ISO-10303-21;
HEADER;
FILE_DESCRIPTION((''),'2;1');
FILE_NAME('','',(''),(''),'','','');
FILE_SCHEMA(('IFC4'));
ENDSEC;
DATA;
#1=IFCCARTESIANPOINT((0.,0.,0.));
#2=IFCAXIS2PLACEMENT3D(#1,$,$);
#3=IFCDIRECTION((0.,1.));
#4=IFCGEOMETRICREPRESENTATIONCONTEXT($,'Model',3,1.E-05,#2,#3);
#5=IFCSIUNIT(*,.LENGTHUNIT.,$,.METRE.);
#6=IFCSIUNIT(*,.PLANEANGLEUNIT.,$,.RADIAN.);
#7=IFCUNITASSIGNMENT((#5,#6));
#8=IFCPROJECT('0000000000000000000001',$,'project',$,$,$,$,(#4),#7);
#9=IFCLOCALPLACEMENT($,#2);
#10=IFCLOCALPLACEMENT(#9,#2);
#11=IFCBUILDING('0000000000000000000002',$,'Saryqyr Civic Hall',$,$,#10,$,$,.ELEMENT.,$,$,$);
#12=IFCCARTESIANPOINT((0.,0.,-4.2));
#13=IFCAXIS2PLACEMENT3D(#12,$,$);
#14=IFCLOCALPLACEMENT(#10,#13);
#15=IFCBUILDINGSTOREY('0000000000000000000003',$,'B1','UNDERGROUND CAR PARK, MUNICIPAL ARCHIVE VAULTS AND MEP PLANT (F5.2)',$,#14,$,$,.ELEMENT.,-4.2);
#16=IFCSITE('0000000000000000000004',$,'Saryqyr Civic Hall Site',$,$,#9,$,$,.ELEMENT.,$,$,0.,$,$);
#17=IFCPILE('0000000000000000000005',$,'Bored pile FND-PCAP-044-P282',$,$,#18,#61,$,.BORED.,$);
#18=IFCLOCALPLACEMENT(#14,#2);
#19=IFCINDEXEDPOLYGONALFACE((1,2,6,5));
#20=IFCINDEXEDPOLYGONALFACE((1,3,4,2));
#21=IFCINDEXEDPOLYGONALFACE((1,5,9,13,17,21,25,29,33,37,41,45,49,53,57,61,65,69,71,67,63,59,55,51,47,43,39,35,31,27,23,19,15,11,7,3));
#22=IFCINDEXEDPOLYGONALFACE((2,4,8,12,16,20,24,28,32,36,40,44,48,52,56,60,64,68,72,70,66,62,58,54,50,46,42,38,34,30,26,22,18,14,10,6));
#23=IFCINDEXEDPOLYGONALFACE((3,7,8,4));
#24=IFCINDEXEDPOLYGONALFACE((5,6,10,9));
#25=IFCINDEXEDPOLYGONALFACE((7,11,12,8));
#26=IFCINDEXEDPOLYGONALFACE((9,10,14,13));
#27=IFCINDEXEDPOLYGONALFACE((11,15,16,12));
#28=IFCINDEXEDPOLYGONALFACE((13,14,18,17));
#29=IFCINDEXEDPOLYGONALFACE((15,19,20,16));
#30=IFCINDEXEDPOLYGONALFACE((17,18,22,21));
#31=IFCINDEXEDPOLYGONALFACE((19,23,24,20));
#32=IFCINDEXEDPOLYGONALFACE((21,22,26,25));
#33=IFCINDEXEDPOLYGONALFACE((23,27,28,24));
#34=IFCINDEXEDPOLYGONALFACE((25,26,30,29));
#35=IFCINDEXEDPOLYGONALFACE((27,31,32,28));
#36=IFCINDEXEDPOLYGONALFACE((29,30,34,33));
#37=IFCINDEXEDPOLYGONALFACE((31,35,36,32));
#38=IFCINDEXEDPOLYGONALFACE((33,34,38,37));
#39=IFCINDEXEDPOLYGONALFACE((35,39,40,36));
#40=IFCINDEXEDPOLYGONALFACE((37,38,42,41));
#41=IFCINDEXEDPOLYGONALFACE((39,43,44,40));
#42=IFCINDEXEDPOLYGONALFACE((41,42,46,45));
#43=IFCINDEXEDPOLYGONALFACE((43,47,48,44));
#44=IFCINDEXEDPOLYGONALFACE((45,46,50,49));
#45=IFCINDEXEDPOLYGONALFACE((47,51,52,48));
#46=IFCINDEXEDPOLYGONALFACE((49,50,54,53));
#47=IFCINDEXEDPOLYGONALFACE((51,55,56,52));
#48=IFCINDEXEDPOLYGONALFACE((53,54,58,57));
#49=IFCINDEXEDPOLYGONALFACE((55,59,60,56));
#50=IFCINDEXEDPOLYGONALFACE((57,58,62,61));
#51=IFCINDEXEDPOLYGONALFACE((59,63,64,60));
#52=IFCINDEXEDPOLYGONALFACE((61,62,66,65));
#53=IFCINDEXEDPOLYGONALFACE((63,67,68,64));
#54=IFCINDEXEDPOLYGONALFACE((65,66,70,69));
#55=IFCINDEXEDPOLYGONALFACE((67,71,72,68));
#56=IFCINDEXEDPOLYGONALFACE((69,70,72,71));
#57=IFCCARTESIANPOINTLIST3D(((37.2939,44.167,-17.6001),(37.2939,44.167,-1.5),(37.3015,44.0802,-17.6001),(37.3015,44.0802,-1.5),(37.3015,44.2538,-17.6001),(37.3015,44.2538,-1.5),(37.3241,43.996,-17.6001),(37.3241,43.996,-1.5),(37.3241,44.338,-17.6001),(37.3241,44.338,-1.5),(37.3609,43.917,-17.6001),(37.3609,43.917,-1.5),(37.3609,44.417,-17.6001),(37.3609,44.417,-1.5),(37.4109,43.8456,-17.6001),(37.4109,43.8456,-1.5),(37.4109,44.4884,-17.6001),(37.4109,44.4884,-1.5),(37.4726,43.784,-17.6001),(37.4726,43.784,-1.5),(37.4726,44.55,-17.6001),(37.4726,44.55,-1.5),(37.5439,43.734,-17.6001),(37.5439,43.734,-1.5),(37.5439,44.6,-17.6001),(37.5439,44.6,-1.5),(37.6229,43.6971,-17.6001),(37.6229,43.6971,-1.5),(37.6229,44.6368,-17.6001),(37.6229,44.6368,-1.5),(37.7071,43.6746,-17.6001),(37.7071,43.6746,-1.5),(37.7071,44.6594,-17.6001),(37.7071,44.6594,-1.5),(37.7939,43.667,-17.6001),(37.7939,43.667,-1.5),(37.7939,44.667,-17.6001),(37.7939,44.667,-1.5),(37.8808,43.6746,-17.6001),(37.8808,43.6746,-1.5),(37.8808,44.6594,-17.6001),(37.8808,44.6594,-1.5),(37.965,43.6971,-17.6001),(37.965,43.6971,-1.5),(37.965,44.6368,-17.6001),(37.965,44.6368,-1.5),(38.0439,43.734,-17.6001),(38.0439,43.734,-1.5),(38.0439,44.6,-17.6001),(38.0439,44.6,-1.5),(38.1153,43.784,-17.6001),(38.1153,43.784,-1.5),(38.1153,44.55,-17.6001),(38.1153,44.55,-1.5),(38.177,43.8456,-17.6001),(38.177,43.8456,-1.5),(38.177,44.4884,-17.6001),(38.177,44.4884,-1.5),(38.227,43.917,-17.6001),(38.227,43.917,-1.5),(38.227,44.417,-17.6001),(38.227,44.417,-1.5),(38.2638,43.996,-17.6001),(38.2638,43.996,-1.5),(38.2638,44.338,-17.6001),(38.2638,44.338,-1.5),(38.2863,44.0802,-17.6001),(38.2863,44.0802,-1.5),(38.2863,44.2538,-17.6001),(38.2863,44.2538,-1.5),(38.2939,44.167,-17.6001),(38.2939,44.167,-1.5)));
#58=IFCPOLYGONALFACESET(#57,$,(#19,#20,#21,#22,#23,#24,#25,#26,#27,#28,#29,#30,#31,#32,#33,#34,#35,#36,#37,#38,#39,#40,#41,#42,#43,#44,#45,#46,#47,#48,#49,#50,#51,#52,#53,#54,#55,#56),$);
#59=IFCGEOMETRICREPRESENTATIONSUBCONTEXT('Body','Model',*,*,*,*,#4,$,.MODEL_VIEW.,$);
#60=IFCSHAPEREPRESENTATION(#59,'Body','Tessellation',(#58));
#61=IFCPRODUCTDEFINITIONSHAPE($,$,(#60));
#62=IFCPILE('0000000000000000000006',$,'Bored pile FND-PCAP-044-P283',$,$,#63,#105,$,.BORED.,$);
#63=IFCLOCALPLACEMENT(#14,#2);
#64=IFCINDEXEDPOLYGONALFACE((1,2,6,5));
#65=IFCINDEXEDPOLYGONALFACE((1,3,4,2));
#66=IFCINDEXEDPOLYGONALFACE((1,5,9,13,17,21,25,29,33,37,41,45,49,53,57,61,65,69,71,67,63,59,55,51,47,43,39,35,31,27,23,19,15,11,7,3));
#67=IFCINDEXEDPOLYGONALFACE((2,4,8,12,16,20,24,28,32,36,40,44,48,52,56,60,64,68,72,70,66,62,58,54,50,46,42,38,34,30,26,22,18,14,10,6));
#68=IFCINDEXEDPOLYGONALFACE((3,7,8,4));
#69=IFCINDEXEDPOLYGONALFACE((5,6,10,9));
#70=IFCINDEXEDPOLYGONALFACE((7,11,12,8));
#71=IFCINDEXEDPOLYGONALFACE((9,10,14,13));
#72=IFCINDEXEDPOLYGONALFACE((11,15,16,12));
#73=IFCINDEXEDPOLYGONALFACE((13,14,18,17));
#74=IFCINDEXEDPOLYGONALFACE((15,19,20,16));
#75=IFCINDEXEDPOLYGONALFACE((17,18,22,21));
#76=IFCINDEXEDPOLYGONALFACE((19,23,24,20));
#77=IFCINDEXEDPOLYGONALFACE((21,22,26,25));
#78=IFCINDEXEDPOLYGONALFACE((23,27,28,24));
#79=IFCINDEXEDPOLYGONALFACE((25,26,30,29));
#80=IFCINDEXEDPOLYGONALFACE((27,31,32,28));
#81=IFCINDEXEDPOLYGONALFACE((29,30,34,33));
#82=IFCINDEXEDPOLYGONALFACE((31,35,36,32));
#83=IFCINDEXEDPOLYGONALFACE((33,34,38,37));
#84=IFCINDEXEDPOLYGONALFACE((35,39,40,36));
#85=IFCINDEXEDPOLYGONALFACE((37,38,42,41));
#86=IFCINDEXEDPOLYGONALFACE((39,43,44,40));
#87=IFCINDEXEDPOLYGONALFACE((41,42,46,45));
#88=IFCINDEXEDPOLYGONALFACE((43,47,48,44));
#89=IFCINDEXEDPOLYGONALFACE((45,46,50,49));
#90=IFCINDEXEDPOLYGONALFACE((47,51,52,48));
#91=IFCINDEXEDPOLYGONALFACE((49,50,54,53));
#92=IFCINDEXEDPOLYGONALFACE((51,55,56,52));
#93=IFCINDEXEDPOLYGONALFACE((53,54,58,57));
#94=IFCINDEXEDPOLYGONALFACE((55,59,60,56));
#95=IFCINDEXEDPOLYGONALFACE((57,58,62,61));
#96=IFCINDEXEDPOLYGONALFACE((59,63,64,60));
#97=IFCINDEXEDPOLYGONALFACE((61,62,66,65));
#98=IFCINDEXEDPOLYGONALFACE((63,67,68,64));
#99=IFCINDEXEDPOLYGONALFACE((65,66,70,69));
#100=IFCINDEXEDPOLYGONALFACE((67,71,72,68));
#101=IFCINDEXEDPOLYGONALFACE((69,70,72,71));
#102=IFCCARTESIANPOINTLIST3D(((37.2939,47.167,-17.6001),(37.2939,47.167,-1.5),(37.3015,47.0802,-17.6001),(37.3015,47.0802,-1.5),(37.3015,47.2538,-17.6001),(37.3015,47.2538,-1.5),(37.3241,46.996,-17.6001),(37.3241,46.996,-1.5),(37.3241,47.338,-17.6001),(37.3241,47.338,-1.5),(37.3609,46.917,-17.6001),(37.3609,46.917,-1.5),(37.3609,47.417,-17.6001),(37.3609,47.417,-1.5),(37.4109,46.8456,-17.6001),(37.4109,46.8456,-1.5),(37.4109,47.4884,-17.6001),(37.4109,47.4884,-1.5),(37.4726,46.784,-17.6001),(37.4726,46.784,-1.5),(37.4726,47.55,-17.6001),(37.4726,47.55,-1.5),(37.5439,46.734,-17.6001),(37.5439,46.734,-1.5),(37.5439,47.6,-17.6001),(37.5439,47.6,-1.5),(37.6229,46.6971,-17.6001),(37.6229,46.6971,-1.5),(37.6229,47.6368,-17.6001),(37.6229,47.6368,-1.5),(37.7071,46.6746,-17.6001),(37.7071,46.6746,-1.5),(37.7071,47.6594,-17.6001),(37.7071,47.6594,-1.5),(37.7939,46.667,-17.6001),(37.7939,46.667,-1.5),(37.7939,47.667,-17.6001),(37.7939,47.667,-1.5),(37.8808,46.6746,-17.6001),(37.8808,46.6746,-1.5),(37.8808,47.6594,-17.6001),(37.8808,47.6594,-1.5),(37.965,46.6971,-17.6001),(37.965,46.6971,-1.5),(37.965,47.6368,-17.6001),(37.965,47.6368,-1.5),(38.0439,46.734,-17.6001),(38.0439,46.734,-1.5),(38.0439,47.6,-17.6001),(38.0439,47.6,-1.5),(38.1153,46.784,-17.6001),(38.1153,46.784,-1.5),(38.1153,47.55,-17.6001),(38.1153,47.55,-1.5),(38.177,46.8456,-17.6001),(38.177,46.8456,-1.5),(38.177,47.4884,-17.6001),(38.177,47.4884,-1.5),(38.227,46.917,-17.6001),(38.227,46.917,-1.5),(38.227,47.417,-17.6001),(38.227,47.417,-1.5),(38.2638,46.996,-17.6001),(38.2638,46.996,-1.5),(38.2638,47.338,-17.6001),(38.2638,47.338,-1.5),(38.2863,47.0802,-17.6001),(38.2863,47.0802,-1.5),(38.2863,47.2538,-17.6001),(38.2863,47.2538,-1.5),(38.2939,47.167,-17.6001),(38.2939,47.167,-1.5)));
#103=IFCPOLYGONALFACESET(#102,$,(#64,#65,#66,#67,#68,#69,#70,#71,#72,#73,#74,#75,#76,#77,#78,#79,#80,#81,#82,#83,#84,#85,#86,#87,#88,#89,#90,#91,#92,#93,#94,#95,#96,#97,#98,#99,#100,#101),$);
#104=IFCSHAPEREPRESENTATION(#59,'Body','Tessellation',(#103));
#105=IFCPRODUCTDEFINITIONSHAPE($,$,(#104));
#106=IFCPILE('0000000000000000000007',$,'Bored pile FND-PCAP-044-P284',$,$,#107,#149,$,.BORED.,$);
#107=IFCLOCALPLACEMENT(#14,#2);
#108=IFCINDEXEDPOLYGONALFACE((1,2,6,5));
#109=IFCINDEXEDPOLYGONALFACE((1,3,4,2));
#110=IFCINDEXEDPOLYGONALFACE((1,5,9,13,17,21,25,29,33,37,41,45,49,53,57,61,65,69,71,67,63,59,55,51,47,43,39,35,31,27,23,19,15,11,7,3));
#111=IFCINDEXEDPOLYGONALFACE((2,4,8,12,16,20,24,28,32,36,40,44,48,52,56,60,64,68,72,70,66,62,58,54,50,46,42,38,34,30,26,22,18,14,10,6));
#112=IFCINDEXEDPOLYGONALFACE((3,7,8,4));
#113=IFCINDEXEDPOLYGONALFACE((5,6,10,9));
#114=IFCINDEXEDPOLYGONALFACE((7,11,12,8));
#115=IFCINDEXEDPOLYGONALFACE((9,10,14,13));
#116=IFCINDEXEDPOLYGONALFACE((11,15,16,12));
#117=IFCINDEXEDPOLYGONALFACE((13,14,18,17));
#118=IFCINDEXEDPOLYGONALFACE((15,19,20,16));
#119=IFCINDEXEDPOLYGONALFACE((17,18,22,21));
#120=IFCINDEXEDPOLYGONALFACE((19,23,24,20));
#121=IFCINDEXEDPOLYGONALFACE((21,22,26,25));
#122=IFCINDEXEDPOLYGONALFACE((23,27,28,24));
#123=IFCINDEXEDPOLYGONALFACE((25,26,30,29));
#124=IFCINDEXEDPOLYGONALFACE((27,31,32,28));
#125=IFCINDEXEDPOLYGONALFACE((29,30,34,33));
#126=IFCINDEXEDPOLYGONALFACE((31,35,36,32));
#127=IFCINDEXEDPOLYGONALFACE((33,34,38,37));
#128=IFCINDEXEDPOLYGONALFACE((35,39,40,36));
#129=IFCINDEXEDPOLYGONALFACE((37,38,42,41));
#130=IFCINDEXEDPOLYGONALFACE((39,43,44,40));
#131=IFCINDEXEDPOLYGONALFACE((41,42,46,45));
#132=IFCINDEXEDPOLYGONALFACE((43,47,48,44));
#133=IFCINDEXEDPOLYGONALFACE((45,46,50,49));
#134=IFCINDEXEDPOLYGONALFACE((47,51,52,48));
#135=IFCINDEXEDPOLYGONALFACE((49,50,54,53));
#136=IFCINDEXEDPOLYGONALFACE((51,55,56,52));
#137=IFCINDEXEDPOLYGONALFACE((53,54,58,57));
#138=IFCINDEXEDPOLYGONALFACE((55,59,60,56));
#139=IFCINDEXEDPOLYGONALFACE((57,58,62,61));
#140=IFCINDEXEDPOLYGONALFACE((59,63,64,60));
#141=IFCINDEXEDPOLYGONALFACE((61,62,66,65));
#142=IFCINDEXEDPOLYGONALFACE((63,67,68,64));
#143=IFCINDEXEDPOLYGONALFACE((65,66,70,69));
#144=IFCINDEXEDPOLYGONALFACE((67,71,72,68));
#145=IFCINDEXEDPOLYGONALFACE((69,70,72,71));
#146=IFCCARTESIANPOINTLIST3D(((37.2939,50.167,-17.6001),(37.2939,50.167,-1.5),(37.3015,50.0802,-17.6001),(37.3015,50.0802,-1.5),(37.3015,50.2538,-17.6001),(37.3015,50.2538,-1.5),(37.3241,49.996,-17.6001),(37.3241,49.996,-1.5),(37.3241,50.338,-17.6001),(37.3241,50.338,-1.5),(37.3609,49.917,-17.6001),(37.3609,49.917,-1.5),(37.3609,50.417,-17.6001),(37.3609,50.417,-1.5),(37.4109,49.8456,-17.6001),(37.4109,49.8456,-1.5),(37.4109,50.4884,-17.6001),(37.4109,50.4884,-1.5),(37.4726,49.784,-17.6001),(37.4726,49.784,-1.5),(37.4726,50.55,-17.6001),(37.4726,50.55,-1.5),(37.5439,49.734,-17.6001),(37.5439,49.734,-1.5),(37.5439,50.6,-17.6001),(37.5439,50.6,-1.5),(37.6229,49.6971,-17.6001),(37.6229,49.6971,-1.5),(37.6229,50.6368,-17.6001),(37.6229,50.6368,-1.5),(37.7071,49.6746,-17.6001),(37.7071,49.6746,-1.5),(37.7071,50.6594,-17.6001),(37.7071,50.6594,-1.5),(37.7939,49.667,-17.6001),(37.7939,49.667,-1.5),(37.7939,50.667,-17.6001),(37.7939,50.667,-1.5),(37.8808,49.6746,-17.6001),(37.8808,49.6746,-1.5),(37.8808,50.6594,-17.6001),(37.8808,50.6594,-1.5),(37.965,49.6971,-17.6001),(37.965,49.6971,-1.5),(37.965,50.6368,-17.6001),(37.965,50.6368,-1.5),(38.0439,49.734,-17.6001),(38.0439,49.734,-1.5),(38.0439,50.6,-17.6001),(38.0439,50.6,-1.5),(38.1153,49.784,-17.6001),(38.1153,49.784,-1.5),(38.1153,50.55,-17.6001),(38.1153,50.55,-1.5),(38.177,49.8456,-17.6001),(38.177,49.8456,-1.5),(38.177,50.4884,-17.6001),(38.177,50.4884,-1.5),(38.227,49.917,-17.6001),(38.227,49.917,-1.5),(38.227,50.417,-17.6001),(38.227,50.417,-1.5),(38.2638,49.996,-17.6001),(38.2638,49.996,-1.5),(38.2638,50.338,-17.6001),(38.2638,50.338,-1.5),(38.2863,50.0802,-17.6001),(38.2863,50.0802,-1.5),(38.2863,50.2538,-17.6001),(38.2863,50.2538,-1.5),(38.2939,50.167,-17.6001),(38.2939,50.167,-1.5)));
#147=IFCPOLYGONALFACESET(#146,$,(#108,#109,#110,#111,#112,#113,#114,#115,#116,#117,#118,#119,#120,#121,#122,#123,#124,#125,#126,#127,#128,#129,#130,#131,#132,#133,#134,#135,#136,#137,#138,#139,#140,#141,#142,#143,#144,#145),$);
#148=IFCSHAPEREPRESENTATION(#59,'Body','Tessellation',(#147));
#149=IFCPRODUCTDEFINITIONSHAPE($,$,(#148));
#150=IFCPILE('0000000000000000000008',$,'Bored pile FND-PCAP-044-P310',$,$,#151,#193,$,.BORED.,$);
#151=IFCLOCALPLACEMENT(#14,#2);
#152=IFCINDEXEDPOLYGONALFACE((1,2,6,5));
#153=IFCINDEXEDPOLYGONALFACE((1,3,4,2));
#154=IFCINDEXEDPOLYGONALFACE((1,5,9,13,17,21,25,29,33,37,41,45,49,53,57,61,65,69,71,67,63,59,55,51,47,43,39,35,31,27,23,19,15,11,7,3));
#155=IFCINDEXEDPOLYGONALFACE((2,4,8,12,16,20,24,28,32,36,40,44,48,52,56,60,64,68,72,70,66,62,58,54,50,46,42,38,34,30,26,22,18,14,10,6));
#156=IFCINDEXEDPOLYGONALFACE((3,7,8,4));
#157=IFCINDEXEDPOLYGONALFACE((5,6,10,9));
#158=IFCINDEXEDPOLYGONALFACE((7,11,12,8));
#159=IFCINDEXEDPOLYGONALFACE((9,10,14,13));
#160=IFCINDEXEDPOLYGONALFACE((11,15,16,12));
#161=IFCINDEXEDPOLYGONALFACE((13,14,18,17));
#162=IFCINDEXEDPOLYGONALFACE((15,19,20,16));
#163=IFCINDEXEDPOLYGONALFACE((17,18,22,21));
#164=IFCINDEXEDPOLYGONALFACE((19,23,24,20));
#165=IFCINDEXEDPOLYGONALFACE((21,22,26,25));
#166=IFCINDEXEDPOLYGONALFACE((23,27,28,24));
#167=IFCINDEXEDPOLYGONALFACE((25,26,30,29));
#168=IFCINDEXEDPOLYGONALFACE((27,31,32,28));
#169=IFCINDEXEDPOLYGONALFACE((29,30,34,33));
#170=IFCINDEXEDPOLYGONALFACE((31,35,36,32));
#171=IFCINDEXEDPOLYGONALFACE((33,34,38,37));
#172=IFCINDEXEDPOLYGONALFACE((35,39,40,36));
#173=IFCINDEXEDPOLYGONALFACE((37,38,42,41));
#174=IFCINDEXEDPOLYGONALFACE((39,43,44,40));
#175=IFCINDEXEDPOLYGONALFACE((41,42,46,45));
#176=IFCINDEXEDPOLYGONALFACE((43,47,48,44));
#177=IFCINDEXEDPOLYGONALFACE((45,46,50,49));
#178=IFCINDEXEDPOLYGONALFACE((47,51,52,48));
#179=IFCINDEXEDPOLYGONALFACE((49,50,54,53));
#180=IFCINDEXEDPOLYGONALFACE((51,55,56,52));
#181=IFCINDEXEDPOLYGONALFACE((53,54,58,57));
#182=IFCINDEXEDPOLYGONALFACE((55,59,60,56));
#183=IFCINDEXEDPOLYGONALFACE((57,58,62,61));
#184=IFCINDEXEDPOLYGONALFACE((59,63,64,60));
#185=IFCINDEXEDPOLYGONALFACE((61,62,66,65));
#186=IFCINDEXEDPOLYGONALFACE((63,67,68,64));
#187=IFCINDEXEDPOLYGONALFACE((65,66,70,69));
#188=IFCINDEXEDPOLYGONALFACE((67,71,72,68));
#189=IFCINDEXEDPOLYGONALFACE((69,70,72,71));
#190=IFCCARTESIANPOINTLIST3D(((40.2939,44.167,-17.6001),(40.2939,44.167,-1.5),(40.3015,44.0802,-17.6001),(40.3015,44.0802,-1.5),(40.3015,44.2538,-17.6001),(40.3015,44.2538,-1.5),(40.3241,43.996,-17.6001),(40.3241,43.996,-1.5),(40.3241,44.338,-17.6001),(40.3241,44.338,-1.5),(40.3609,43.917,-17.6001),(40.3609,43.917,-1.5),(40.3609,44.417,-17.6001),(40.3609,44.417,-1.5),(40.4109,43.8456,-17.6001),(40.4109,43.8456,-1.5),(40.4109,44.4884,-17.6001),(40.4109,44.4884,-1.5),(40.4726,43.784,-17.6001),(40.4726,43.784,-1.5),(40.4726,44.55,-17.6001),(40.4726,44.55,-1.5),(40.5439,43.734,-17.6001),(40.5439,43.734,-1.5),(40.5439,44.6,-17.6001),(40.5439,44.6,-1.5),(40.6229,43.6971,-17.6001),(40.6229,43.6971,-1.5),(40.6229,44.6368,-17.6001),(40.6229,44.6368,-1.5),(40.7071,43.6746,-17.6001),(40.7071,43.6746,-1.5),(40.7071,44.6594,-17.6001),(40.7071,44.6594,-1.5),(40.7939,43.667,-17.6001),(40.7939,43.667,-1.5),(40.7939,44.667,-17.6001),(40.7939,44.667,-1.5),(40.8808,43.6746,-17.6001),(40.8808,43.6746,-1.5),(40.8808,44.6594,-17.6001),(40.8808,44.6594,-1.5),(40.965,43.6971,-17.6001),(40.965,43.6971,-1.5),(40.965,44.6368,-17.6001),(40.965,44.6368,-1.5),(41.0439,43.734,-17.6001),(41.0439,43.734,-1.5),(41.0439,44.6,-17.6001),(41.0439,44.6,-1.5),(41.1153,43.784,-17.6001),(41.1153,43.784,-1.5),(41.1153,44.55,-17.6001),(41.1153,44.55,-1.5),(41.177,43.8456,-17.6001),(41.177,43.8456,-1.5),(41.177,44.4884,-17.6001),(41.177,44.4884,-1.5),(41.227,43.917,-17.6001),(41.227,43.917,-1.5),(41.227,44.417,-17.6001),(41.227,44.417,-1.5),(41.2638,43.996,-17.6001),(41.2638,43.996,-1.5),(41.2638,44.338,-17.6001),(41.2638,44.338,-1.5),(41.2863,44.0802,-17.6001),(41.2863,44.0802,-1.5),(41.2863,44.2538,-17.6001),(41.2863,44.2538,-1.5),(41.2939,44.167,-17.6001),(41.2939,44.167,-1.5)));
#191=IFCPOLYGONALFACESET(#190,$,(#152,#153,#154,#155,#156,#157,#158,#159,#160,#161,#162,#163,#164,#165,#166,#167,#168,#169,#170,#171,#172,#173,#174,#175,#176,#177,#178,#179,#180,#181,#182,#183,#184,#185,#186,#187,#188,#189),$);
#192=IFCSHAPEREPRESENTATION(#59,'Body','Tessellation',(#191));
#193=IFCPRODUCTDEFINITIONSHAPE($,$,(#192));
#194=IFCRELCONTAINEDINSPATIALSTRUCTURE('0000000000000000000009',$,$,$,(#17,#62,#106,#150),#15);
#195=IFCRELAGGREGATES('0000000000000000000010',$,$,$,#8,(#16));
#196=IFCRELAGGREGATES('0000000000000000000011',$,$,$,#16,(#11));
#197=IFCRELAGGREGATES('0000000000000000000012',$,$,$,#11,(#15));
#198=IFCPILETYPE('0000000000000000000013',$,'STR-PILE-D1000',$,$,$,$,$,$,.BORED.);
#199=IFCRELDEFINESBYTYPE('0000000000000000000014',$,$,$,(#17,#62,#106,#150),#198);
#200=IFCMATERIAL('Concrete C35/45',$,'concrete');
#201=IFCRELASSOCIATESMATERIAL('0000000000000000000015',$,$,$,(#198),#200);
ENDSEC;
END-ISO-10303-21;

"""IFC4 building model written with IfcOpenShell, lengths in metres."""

from ifc_helpers import new_model, si_unit, direction, frame, origin, origin_2d, place, context, subcontext, project, spatial, circle, extrude, material, material_profile, profile_set, type_object, element, save


model = new_model("IFC4")

# Units and contexts
model_context = context("Model", 3, precision=1e-05, world=origin(), true_north=direction((0.0, 1.0)))
body_context = subcontext(model_context, "Body", "Model", "MODEL_VIEW")
ifc_project = project(units=[si_unit("LENGTHUNIT", "METRE"), si_unit("PLANEANGLEUNIT", "RADIAN")], contexts=[model_context])

# Site, building, storey
site_placement = place(None, origin())
site = spatial("IfcSite", under=ifc_project, at=site_placement, Name="Saryqyr Civic Hall Site", CompositionType="ELEMENT", RefElevation=0.0)
building_placement = place(site_placement, origin())
building = spatial("IfcBuilding", under=site, at=building_placement, Name="Saryqyr Civic Hall", CompositionType="ELEMENT")
storey_placement = place(building_placement, frame((0.0, 0.0, -4.2)))
storey = spatial("IfcBuildingStorey", under=building, at=storey_placement, Name="B1", Description="UNDERGROUND CAR PARK, MUNICIPAL ARCHIVE VAULTS AND MEP PLANT (F5.2)", CompositionType="ELEMENT", Elevation=-4.2)

# Piles
ifc_material_1 = material(Name="Concrete C35/45", Category="concrete")
ifc_material_profile_1 = material_profile(ifc_material_1, circle(Radius=0.5, at=origin_2d()), Name="BORED PILE D1000")
ifc_profile_set_1 = profile_set([ifc_material_profile_1], Name="Concrete C35/45")
pile_type = type_object("IfcPileType", Name="STR-PILE-D1000", PredefinedType="BORED", material=ifc_profile_set_1)
for number, where, z_axis, x_axis, name in (
    (1, (37.7939, 44.167, -1.5), (0.0, 0.0, -1.0), (1.0, 0.0, 0.0), "Bored pile FND-PCAP-044-P282"),
    (2, (37.7939, 47.167, -1.5), (0.0, 0.0, -1.0), (1.0, 0.0, 0.0), "Bored pile FND-PCAP-044-P283"),
    (3, (37.7939, 50.167, -1.5), (0.0, 0.0, -1.0), (1.0, 0.0, 0.0), "Bored pile FND-PCAP-044-P284"),
    (4, (40.7939, 44.167, -1.5), (0.0, 0.0, -1.0), (1.0, 0.0, 0.0), "Bored pile FND-PCAP-044-P310"),
):
    element("IfcPile", number, at=place(storey_placement, frame(where, z_axis=z_axis, x_axis=x_axis)), inside=storey, type_object=pile_type, Name=name, PredefinedType="BORED", context=body_context, shape_type="SweptSolid", body=[
        extrude(circle(Radius=0.5, at=origin_2d()), origin(), (0.0, 0.0, 1.0), 16.1001),
    ])

save(model, "model.ifc")
